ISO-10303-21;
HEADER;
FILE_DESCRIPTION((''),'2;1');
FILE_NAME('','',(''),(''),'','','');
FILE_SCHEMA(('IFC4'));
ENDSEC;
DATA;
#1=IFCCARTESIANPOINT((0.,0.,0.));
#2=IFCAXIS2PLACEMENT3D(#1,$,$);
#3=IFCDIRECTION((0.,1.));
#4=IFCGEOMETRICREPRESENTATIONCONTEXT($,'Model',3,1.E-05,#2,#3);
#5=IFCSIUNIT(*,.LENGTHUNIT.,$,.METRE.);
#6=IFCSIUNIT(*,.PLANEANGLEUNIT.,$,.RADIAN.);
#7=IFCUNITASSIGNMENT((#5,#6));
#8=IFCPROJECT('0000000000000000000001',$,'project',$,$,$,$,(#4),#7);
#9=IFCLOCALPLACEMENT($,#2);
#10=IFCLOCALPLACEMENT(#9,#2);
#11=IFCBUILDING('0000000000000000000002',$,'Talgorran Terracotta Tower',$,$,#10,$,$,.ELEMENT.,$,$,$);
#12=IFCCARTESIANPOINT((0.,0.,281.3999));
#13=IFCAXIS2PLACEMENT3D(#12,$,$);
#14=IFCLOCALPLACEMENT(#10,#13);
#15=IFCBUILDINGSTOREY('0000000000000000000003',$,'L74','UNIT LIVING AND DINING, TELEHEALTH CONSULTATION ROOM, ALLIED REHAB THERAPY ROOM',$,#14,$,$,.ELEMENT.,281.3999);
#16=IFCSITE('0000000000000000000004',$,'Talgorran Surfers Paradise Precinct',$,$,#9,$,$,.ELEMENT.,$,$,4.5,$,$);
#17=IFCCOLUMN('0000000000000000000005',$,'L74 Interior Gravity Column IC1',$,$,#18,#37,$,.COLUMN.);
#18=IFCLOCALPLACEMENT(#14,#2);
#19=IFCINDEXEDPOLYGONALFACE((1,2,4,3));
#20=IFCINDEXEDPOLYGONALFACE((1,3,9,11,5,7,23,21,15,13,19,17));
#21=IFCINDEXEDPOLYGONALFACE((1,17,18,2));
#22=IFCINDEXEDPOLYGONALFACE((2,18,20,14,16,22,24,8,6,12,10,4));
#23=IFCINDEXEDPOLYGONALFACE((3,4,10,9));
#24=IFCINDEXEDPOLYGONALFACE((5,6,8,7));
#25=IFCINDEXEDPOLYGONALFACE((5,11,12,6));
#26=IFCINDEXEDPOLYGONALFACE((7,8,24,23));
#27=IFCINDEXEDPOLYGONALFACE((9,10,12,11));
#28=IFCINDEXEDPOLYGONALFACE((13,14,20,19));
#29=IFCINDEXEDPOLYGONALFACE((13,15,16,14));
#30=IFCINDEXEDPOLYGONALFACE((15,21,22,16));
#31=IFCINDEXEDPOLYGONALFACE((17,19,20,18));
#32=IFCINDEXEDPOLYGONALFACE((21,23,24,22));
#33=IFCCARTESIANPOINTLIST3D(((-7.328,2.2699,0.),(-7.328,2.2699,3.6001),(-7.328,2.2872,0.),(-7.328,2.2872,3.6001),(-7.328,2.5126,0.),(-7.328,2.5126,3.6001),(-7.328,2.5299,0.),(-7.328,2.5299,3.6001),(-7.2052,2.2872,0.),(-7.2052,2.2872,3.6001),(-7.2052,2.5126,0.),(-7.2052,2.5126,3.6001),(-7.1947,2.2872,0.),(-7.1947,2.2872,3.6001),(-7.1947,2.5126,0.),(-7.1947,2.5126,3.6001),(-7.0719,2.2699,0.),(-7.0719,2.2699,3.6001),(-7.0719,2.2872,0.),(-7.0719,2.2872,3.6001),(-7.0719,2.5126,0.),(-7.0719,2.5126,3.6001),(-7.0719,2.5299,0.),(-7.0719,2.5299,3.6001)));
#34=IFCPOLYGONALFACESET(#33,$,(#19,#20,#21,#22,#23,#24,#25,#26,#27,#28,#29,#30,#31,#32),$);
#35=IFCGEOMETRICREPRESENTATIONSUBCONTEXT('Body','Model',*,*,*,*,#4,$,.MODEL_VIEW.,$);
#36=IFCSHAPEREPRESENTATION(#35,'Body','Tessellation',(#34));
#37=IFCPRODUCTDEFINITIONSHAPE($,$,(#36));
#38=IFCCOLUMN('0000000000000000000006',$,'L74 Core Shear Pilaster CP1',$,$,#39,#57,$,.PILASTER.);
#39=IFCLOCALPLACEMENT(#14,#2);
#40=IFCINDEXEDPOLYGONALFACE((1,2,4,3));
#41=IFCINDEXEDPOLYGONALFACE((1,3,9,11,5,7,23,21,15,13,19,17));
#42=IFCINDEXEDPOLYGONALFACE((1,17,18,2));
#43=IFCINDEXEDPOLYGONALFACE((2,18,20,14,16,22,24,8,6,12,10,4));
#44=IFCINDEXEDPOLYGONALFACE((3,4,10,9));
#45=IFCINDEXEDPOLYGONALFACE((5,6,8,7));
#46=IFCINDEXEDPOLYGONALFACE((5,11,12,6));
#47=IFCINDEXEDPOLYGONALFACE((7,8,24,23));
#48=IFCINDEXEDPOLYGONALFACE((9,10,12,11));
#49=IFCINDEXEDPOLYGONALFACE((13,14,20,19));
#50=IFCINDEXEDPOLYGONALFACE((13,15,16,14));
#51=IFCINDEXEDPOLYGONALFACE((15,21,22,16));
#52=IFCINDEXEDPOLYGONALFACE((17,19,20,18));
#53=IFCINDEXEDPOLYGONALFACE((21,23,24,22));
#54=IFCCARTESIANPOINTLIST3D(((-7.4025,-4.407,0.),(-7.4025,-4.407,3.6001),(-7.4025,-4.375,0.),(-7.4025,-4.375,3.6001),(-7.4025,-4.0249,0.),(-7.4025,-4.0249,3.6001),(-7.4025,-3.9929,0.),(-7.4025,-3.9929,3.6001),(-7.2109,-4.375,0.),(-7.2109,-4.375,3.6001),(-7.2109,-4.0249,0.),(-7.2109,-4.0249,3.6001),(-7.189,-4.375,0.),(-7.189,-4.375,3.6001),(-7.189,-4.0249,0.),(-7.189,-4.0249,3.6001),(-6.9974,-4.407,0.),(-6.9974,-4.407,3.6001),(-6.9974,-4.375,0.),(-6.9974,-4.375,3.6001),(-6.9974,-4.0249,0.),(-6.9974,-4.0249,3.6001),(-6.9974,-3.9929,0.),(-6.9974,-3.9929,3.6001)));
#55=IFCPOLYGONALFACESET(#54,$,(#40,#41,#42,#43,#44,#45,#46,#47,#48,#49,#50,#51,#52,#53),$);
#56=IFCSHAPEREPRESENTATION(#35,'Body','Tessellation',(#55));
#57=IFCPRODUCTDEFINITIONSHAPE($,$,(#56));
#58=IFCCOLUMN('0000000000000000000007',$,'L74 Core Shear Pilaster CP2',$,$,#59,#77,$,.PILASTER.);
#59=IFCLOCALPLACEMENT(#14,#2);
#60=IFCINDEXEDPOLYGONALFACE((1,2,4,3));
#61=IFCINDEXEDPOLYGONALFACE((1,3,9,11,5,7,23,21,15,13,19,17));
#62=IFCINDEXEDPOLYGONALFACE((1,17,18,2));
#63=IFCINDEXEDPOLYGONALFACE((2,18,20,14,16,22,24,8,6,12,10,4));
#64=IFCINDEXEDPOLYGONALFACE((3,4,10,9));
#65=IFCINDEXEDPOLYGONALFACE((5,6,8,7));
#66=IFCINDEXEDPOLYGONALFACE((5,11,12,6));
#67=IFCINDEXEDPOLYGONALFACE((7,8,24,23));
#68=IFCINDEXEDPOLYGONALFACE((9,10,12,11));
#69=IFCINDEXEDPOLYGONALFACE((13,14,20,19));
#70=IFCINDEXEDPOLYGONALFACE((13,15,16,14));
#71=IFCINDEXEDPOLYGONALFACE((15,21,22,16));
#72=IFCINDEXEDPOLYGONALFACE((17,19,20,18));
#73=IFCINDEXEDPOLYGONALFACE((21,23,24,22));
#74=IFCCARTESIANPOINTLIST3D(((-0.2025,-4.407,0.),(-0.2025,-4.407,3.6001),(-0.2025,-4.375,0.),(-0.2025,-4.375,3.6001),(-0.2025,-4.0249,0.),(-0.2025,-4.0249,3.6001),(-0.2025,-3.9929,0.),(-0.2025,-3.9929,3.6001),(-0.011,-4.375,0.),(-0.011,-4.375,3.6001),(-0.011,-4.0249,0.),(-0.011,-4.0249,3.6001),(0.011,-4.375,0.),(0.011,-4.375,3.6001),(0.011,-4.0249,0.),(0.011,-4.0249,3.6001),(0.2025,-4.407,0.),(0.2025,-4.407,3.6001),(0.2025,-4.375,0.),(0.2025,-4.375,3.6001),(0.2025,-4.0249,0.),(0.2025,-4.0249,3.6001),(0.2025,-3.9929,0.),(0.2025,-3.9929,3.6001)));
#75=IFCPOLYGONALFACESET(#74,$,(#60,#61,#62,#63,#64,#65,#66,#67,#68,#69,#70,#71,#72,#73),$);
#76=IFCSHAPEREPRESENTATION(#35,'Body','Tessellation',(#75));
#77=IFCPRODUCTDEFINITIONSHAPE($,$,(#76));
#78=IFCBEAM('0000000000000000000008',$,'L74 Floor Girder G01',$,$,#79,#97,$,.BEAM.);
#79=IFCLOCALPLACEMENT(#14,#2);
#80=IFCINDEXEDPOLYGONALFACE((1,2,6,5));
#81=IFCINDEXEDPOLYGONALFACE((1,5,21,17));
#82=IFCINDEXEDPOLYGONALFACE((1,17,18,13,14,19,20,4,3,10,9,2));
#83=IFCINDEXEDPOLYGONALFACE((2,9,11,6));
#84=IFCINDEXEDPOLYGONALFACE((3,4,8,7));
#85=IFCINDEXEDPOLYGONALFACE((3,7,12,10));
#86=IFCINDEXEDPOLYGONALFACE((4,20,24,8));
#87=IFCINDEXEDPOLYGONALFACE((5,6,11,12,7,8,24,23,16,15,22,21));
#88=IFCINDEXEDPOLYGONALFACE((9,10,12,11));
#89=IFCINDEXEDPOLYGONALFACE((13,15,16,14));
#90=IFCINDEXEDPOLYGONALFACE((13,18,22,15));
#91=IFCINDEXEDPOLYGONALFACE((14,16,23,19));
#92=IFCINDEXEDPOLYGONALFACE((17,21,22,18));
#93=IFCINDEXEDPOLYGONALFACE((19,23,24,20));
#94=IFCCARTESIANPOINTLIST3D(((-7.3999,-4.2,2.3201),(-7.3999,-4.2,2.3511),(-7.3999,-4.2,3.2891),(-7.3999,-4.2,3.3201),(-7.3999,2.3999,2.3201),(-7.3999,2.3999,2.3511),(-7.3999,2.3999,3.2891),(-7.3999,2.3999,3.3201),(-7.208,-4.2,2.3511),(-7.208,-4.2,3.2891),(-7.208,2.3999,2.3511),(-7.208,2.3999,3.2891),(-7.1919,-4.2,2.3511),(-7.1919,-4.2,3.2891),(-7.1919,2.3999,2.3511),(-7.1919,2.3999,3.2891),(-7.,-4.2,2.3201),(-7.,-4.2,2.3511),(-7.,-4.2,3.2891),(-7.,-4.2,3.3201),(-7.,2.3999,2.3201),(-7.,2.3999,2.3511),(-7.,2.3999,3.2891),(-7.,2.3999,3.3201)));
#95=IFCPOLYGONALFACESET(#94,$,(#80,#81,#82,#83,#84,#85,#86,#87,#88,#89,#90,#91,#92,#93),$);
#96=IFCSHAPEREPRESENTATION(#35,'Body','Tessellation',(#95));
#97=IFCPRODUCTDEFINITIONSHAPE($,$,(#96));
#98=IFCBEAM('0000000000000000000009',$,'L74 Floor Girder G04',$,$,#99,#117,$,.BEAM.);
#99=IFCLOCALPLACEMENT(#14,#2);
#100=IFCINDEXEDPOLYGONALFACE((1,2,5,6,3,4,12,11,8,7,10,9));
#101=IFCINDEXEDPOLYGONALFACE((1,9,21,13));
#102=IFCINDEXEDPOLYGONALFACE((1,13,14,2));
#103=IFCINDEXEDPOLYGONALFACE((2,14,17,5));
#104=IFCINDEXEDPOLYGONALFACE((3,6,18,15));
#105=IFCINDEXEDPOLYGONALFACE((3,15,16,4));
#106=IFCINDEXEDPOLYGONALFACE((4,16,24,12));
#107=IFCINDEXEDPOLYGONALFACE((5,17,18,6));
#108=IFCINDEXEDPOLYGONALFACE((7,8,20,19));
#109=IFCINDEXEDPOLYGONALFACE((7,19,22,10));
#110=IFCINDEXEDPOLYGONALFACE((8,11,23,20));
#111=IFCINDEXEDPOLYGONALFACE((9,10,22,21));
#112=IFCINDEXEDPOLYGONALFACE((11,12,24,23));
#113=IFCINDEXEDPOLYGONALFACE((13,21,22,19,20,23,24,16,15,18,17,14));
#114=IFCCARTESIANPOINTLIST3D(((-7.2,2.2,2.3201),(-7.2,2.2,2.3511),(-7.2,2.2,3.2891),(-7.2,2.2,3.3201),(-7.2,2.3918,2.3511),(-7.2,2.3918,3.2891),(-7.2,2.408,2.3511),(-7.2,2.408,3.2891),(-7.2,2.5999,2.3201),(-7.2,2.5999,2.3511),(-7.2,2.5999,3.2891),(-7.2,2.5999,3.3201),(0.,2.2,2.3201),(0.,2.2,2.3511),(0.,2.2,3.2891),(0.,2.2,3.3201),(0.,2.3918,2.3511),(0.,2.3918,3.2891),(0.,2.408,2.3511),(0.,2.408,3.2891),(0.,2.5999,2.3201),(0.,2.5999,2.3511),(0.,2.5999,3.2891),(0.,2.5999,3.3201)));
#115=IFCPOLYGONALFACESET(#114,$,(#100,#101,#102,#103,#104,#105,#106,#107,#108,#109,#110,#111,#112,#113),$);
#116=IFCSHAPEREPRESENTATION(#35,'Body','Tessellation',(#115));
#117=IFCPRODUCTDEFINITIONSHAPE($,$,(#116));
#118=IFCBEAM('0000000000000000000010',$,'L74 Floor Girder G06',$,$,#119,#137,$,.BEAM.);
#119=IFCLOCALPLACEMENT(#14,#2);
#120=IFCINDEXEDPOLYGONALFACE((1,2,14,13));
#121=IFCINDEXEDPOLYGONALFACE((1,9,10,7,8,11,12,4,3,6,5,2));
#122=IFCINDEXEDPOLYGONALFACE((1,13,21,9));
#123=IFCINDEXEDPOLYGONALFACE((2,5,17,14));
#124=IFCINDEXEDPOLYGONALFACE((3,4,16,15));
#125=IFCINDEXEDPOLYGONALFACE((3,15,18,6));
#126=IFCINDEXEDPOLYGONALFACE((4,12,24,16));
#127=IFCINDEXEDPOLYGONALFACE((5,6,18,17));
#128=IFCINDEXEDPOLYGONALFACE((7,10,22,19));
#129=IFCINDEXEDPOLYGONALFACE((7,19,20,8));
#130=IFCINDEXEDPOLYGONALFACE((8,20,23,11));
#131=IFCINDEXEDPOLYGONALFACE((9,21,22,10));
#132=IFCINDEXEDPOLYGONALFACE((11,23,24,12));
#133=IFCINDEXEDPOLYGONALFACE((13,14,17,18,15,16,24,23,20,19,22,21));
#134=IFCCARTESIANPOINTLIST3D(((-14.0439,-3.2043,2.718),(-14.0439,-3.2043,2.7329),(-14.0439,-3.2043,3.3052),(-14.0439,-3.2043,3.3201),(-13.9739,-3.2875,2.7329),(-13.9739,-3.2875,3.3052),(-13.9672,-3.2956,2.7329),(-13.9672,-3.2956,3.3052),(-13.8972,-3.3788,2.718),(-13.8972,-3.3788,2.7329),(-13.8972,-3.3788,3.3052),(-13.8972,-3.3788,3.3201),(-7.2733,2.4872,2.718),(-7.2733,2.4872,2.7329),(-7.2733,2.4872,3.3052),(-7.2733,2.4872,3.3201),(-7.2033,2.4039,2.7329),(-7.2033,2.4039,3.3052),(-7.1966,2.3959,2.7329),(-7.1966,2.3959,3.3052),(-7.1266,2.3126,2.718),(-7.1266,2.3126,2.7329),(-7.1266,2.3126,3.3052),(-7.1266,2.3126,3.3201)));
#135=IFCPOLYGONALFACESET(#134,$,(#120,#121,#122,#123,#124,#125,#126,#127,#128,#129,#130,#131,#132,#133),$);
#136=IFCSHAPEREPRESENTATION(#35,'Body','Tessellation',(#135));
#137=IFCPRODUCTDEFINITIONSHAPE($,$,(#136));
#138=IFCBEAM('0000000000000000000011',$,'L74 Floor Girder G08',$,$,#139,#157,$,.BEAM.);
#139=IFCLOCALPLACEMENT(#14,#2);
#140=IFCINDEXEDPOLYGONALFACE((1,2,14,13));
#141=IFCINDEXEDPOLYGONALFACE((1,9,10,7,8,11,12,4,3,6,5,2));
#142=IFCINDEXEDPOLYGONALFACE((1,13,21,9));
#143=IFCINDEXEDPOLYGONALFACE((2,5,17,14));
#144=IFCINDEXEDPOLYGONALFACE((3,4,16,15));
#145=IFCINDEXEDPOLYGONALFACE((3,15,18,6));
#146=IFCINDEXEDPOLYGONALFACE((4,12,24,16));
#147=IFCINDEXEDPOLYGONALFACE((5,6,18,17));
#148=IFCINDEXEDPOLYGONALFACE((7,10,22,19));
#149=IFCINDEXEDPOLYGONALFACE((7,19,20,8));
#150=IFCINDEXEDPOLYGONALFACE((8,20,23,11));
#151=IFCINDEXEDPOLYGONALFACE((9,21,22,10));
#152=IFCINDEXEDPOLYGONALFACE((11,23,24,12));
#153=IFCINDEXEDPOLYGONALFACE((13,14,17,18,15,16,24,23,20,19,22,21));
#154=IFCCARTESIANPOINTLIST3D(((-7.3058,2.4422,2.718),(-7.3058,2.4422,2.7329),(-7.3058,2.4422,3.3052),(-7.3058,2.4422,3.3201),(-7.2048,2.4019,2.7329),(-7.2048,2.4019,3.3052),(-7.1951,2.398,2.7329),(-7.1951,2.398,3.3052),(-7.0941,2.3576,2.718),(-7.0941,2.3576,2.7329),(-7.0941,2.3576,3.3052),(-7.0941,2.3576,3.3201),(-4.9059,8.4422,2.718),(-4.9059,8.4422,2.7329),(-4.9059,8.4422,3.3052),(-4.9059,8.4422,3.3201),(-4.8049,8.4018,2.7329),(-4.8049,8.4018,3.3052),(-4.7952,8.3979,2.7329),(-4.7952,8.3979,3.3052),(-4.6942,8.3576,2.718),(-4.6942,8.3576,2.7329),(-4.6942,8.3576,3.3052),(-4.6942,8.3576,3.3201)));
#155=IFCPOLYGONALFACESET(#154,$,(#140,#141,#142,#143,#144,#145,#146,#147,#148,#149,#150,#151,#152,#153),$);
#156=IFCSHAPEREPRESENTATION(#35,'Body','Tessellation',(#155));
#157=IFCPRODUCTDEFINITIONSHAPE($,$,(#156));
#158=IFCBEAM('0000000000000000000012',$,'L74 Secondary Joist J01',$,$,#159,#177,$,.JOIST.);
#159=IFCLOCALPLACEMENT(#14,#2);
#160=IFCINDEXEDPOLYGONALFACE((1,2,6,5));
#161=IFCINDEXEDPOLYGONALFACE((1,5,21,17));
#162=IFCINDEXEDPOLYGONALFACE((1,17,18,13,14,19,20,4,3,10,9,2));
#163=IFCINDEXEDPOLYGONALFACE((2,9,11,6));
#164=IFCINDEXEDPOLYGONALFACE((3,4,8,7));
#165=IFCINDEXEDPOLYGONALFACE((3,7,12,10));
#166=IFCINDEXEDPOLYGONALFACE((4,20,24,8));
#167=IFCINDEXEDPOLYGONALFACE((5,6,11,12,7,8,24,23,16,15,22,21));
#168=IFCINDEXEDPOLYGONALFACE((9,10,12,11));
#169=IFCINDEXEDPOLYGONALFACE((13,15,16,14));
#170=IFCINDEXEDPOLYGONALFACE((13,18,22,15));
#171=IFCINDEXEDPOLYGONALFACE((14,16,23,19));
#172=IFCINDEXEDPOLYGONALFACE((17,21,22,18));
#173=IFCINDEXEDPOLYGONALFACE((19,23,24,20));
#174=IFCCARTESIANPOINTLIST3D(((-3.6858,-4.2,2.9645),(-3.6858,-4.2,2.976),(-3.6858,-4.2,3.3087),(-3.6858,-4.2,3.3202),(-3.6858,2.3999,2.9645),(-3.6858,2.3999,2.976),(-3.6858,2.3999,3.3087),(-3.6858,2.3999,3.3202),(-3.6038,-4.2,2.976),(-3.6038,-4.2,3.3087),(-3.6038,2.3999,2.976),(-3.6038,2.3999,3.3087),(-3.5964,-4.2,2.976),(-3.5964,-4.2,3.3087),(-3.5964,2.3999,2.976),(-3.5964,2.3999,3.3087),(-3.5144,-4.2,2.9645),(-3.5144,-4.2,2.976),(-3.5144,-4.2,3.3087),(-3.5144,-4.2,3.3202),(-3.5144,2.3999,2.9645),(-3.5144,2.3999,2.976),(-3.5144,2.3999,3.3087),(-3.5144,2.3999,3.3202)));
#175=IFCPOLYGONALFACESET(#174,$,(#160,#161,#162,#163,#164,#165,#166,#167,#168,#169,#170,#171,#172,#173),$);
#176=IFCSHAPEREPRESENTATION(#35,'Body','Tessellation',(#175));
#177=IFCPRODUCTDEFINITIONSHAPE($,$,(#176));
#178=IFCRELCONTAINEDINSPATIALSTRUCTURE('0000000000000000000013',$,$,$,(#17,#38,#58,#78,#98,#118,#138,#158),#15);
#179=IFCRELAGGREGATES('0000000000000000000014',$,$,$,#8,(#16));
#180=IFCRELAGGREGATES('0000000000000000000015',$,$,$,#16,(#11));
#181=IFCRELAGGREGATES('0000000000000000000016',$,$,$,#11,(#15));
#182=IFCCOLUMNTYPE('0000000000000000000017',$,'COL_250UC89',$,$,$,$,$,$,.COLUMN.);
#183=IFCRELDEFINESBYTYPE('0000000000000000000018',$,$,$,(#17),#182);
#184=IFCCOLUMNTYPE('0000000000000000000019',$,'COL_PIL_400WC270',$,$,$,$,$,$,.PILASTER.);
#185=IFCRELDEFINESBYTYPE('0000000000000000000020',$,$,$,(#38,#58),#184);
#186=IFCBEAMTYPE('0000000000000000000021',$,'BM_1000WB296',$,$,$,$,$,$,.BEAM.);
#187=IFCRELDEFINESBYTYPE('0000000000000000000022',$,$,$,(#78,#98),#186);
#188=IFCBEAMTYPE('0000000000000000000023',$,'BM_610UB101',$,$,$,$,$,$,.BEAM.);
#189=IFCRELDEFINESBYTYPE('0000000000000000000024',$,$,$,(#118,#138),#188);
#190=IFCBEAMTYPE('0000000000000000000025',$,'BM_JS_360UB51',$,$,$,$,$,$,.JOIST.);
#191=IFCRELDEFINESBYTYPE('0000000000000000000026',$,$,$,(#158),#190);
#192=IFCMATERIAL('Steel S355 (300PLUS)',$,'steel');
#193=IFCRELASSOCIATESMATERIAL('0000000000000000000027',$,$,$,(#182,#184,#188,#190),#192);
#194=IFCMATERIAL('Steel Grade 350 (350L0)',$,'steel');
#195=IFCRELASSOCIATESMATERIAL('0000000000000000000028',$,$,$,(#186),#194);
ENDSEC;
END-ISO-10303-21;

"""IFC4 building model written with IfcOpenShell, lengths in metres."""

from ifc_helpers import new_model, si_unit, direction, frame, origin, origin_2d, place, context, subcontext, project, spatial, i_section, extrude, material, material_profile, profile_set, type_object, element, save


model = new_model("IFC4")

# Units and contexts
model_context = context("Model", 3, precision=1e-05, world=origin(), true_north=direction((0.0, 1.0)))
body_context = subcontext(model_context, "Body", "Model", "MODEL_VIEW")
ifc_project = project(units=[si_unit("LENGTHUNIT", "METRE"), si_unit("PLANEANGLEUNIT", "RADIAN")], contexts=[model_context])

# Site, building, storey
site_placement = place(None, origin())
site = spatial("IfcSite", under=ifc_project, at=site_placement, Name="Talgorran Surfers Paradise Precinct", CompositionType="ELEMENT", RefElevation=4.5)
building_placement = place(site_placement, origin())
building = spatial("IfcBuilding", under=site, at=building_placement, Name="Talgorran Terracotta Tower", CompositionType="ELEMENT")
storey_placement = place(building_placement, frame((0.0, 0.0, 281.3999)))
storey = spatial("IfcBuildingStorey", under=building, at=storey_placement, Name="L74", Description="UNIT LIVING AND DINING, TELEHEALTH CONSULTATION ROOM, ALLIED REHAB THERAPY ROOM", CompositionType="ELEMENT", Elevation=281.3999)

# Columns
ifc_material_1 = material(Name="Steel S355 (300PLUS)", Category="steel")
ifc_material_profile_1 = material_profile(ifc_material_1, i_section(OverallWidth=0.2561, OverallDepth=0.26, WebThickness=0.0105, FlangeThickness=0.0173, at=origin_2d()), Name="250UC89.5")
ifc_profile_set_1 = profile_set([ifc_material_profile_1], Name="Steel S355 (300PLUS)")
column_type_1 = type_object("IfcColumnType", Name="COL_250UC89", PredefinedType="COLUMN", material=ifc_profile_set_1)
column_placement = place(storey_placement, frame((-7.2, 2.3999, 0.0), z_axis=(0.0, 0.0, 1.0), x_axis=(1.0, 0.0, 0.0)))
element("IfcColumn", 1, at=column_placement, inside=storey, type_object=column_type_1, Name="L74 Interior Gravity Column IC1", PredefinedType="COLUMN", context=body_context, shape_type="SweptSolid", body=[
    extrude(i_section(OverallWidth=0.2561, OverallDepth=0.26, WebThickness=0.0105, FlangeThickness=0.0173, at=origin_2d()), origin(), (0.0, 0.0, 1.0), 3.6001),
])
ifc_material_profile_2 = material_profile(ifc_material_1, i_section(OverallWidth=0.405, OverallDepth=0.4141, WebThickness=0.022, FlangeThickness=0.032, at=origin_2d()), Name="400WC270")
ifc_profile_set_2 = profile_set([ifc_material_profile_2], Name="Steel S355 (300PLUS)")
column_type_2 = type_object("IfcColumnType", Name="COL_PIL_400WC270", PredefinedType="PILASTER", material=ifc_profile_set_2)
for number, where, z_axis, x_axis, name in (
    (2, (-7.2, -4.2, 0.0), (0.0, 0.0, 1.0), (1.0, 0.0, 0.0), "L74 Core Shear Pilaster CP1"),
    (3, (0.0, -4.2, 0.0), (0.0, 0.0, 1.0), (1.0, 0.0, 0.0), "L74 Core Shear Pilaster CP2"),
):
    element("IfcColumn", number, at=place(storey_placement, frame(where, z_axis=z_axis, x_axis=x_axis)), inside=storey, type_object=column_type_2, Name=name, PredefinedType="PILASTER", context=body_context, shape_type="SweptSolid", body=[
        extrude(i_section(OverallWidth=0.405, OverallDepth=0.4141, WebThickness=0.022, FlangeThickness=0.032, at=origin_2d()), origin(), (0.0, 0.0, 1.0), 3.6001),
    ])

# Beams
ifc_material_2 = material(Name="Steel Grade 350 (350L0)", Category="steel")
ifc_material_profile_3 = material_profile(ifc_material_2, i_section(OverallWidth=0.3999, OverallDepth=1.0, WebThickness=0.0161, FlangeThickness=0.031, at=origin_2d()), Name="1000WB296")
ifc_profile_set_3 = profile_set([ifc_material_profile_3], Name="Steel Grade 350 (350L0)")
beam_type_1 = type_object("IfcBeamType", Name="BM_1000WB296", PredefinedType="BEAM", material=ifc_profile_set_3)
beam_1_placement = place(storey_placement, frame((-7.2, -4.2, 2.8201), z_axis=(0.0, 1.0, 0.0), x_axis=(-1.0, 0.0, 0.0)))
element("IfcBeam", 4, at=beam_1_placement, inside=storey, type_object=beam_type_1, Name="L74 Floor Girder G01", PredefinedType="BEAM", context=body_context, shape_type="SweptSolid", body=[
    extrude(i_section(OverallWidth=0.3999, OverallDepth=1.0, WebThickness=0.0161, FlangeThickness=0.031, at=origin_2d()), origin(), (0.0, 0.0, 1.0), 6.5999),
])
beam_2_placement = place(storey_placement, frame((-7.2, 2.3999, 2.8201), z_axis=(1.0, 0.0, 0.0), x_axis=(0.0, 1.0, 0.0)))
element("IfcBeam", 5, at=beam_2_placement, inside=storey, type_object=beam_type_1, Name="L74 Floor Girder G04", PredefinedType="BEAM", context=body_context, shape_type="SweptSolid", body=[
    extrude(i_section(OverallWidth=0.3999, OverallDepth=1.0, WebThickness=0.0161, FlangeThickness=0.031, at=origin_2d()), origin(), (0.0, 0.0, 1.0), 7.2),
])
ifc_material_profile_4 = material_profile(ifc_material_1, i_section(OverallWidth=0.228, OverallDepth=0.6021, WebThickness=0.0105, FlangeThickness=0.0149, at=origin_2d()), Name="610UB101")
ifc_profile_set_4 = profile_set([ifc_material_profile_4], Name="Steel S355 (300PLUS)")
beam_type_2 = type_object("IfcBeamType", Name="BM_610UB101", PredefinedType="BEAM", material=ifc_profile_set_4)
beam_3_placement = place(storey_placement, frame((-7.2, 2.3999, 3.019), z_axis=(-0.765472, -0.643469, 0.0), x_axis=(0.643469, -0.765472, 0.0)))
element("IfcBeam", 6, at=beam_3_placement, inside=storey, type_object=beam_type_2, Name="L74 Floor Girder G06", PredefinedType="BEAM", context=body_context, shape_type="SweptSolid", body=[
    extrude(i_section(OverallWidth=0.228, OverallDepth=0.6021, WebThickness=0.0105, FlangeThickness=0.0149, at=origin_2d()), origin(), (0.0, 0.0, 1.0), 8.845),
])
beam_4_placement = place(storey_placement, frame((-7.2, 2.3999, 3.019), z_axis=(0.371378, 0.928482, 0.0), x_axis=(-0.928482, 0.371378, 0.0)))
element("IfcBeam", 7, at=beam_4_placement, inside=storey, type_object=beam_type_2, Name="L74 Floor Girder G08", PredefinedType="BEAM", context=body_context, shape_type="SweptSolid", body=[
    extrude(i_section(OverallWidth=0.228, OverallDepth=0.6021, WebThickness=0.0105, FlangeThickness=0.0149, at=origin_2d()), origin(), (0.0, 0.0, 1.0), 6.4622),
])
ifc_material_profile_5 = material_profile(ifc_material_1, i_section(OverallWidth=0.1714, OverallDepth=0.3557, WebThickness=0.0073, FlangeThickness=0.0115, at=origin_2d()), Name="360UB50.7")
ifc_profile_set_5 = profile_set([ifc_material_profile_5], Name="Steel S355 (300PLUS)")
beam_type_3 = type_object("IfcBeamType", Name="BM_JS_360UB51", PredefinedType="JOIST", material=ifc_profile_set_5)
beam_5_placement = place(storey_placement, frame((-3.6001, -4.2, 3.1423), z_axis=(0.0, 1.0, 0.0), x_axis=(-1.0, 0.0, 0.0)))
element("IfcBeam", 8, at=beam_5_placement, inside=storey, type_object=beam_type_3, Name="L74 Secondary Joist J01", PredefinedType="JOIST", context=body_context, shape_type="SweptSolid", body=[
    extrude(i_section(OverallWidth=0.1714, OverallDepth=0.3557, WebThickness=0.0073, FlangeThickness=0.0115, at=origin_2d()), origin(), (0.0, 0.0, 1.0), 6.5999),
])

save(model, "model.ifc")
